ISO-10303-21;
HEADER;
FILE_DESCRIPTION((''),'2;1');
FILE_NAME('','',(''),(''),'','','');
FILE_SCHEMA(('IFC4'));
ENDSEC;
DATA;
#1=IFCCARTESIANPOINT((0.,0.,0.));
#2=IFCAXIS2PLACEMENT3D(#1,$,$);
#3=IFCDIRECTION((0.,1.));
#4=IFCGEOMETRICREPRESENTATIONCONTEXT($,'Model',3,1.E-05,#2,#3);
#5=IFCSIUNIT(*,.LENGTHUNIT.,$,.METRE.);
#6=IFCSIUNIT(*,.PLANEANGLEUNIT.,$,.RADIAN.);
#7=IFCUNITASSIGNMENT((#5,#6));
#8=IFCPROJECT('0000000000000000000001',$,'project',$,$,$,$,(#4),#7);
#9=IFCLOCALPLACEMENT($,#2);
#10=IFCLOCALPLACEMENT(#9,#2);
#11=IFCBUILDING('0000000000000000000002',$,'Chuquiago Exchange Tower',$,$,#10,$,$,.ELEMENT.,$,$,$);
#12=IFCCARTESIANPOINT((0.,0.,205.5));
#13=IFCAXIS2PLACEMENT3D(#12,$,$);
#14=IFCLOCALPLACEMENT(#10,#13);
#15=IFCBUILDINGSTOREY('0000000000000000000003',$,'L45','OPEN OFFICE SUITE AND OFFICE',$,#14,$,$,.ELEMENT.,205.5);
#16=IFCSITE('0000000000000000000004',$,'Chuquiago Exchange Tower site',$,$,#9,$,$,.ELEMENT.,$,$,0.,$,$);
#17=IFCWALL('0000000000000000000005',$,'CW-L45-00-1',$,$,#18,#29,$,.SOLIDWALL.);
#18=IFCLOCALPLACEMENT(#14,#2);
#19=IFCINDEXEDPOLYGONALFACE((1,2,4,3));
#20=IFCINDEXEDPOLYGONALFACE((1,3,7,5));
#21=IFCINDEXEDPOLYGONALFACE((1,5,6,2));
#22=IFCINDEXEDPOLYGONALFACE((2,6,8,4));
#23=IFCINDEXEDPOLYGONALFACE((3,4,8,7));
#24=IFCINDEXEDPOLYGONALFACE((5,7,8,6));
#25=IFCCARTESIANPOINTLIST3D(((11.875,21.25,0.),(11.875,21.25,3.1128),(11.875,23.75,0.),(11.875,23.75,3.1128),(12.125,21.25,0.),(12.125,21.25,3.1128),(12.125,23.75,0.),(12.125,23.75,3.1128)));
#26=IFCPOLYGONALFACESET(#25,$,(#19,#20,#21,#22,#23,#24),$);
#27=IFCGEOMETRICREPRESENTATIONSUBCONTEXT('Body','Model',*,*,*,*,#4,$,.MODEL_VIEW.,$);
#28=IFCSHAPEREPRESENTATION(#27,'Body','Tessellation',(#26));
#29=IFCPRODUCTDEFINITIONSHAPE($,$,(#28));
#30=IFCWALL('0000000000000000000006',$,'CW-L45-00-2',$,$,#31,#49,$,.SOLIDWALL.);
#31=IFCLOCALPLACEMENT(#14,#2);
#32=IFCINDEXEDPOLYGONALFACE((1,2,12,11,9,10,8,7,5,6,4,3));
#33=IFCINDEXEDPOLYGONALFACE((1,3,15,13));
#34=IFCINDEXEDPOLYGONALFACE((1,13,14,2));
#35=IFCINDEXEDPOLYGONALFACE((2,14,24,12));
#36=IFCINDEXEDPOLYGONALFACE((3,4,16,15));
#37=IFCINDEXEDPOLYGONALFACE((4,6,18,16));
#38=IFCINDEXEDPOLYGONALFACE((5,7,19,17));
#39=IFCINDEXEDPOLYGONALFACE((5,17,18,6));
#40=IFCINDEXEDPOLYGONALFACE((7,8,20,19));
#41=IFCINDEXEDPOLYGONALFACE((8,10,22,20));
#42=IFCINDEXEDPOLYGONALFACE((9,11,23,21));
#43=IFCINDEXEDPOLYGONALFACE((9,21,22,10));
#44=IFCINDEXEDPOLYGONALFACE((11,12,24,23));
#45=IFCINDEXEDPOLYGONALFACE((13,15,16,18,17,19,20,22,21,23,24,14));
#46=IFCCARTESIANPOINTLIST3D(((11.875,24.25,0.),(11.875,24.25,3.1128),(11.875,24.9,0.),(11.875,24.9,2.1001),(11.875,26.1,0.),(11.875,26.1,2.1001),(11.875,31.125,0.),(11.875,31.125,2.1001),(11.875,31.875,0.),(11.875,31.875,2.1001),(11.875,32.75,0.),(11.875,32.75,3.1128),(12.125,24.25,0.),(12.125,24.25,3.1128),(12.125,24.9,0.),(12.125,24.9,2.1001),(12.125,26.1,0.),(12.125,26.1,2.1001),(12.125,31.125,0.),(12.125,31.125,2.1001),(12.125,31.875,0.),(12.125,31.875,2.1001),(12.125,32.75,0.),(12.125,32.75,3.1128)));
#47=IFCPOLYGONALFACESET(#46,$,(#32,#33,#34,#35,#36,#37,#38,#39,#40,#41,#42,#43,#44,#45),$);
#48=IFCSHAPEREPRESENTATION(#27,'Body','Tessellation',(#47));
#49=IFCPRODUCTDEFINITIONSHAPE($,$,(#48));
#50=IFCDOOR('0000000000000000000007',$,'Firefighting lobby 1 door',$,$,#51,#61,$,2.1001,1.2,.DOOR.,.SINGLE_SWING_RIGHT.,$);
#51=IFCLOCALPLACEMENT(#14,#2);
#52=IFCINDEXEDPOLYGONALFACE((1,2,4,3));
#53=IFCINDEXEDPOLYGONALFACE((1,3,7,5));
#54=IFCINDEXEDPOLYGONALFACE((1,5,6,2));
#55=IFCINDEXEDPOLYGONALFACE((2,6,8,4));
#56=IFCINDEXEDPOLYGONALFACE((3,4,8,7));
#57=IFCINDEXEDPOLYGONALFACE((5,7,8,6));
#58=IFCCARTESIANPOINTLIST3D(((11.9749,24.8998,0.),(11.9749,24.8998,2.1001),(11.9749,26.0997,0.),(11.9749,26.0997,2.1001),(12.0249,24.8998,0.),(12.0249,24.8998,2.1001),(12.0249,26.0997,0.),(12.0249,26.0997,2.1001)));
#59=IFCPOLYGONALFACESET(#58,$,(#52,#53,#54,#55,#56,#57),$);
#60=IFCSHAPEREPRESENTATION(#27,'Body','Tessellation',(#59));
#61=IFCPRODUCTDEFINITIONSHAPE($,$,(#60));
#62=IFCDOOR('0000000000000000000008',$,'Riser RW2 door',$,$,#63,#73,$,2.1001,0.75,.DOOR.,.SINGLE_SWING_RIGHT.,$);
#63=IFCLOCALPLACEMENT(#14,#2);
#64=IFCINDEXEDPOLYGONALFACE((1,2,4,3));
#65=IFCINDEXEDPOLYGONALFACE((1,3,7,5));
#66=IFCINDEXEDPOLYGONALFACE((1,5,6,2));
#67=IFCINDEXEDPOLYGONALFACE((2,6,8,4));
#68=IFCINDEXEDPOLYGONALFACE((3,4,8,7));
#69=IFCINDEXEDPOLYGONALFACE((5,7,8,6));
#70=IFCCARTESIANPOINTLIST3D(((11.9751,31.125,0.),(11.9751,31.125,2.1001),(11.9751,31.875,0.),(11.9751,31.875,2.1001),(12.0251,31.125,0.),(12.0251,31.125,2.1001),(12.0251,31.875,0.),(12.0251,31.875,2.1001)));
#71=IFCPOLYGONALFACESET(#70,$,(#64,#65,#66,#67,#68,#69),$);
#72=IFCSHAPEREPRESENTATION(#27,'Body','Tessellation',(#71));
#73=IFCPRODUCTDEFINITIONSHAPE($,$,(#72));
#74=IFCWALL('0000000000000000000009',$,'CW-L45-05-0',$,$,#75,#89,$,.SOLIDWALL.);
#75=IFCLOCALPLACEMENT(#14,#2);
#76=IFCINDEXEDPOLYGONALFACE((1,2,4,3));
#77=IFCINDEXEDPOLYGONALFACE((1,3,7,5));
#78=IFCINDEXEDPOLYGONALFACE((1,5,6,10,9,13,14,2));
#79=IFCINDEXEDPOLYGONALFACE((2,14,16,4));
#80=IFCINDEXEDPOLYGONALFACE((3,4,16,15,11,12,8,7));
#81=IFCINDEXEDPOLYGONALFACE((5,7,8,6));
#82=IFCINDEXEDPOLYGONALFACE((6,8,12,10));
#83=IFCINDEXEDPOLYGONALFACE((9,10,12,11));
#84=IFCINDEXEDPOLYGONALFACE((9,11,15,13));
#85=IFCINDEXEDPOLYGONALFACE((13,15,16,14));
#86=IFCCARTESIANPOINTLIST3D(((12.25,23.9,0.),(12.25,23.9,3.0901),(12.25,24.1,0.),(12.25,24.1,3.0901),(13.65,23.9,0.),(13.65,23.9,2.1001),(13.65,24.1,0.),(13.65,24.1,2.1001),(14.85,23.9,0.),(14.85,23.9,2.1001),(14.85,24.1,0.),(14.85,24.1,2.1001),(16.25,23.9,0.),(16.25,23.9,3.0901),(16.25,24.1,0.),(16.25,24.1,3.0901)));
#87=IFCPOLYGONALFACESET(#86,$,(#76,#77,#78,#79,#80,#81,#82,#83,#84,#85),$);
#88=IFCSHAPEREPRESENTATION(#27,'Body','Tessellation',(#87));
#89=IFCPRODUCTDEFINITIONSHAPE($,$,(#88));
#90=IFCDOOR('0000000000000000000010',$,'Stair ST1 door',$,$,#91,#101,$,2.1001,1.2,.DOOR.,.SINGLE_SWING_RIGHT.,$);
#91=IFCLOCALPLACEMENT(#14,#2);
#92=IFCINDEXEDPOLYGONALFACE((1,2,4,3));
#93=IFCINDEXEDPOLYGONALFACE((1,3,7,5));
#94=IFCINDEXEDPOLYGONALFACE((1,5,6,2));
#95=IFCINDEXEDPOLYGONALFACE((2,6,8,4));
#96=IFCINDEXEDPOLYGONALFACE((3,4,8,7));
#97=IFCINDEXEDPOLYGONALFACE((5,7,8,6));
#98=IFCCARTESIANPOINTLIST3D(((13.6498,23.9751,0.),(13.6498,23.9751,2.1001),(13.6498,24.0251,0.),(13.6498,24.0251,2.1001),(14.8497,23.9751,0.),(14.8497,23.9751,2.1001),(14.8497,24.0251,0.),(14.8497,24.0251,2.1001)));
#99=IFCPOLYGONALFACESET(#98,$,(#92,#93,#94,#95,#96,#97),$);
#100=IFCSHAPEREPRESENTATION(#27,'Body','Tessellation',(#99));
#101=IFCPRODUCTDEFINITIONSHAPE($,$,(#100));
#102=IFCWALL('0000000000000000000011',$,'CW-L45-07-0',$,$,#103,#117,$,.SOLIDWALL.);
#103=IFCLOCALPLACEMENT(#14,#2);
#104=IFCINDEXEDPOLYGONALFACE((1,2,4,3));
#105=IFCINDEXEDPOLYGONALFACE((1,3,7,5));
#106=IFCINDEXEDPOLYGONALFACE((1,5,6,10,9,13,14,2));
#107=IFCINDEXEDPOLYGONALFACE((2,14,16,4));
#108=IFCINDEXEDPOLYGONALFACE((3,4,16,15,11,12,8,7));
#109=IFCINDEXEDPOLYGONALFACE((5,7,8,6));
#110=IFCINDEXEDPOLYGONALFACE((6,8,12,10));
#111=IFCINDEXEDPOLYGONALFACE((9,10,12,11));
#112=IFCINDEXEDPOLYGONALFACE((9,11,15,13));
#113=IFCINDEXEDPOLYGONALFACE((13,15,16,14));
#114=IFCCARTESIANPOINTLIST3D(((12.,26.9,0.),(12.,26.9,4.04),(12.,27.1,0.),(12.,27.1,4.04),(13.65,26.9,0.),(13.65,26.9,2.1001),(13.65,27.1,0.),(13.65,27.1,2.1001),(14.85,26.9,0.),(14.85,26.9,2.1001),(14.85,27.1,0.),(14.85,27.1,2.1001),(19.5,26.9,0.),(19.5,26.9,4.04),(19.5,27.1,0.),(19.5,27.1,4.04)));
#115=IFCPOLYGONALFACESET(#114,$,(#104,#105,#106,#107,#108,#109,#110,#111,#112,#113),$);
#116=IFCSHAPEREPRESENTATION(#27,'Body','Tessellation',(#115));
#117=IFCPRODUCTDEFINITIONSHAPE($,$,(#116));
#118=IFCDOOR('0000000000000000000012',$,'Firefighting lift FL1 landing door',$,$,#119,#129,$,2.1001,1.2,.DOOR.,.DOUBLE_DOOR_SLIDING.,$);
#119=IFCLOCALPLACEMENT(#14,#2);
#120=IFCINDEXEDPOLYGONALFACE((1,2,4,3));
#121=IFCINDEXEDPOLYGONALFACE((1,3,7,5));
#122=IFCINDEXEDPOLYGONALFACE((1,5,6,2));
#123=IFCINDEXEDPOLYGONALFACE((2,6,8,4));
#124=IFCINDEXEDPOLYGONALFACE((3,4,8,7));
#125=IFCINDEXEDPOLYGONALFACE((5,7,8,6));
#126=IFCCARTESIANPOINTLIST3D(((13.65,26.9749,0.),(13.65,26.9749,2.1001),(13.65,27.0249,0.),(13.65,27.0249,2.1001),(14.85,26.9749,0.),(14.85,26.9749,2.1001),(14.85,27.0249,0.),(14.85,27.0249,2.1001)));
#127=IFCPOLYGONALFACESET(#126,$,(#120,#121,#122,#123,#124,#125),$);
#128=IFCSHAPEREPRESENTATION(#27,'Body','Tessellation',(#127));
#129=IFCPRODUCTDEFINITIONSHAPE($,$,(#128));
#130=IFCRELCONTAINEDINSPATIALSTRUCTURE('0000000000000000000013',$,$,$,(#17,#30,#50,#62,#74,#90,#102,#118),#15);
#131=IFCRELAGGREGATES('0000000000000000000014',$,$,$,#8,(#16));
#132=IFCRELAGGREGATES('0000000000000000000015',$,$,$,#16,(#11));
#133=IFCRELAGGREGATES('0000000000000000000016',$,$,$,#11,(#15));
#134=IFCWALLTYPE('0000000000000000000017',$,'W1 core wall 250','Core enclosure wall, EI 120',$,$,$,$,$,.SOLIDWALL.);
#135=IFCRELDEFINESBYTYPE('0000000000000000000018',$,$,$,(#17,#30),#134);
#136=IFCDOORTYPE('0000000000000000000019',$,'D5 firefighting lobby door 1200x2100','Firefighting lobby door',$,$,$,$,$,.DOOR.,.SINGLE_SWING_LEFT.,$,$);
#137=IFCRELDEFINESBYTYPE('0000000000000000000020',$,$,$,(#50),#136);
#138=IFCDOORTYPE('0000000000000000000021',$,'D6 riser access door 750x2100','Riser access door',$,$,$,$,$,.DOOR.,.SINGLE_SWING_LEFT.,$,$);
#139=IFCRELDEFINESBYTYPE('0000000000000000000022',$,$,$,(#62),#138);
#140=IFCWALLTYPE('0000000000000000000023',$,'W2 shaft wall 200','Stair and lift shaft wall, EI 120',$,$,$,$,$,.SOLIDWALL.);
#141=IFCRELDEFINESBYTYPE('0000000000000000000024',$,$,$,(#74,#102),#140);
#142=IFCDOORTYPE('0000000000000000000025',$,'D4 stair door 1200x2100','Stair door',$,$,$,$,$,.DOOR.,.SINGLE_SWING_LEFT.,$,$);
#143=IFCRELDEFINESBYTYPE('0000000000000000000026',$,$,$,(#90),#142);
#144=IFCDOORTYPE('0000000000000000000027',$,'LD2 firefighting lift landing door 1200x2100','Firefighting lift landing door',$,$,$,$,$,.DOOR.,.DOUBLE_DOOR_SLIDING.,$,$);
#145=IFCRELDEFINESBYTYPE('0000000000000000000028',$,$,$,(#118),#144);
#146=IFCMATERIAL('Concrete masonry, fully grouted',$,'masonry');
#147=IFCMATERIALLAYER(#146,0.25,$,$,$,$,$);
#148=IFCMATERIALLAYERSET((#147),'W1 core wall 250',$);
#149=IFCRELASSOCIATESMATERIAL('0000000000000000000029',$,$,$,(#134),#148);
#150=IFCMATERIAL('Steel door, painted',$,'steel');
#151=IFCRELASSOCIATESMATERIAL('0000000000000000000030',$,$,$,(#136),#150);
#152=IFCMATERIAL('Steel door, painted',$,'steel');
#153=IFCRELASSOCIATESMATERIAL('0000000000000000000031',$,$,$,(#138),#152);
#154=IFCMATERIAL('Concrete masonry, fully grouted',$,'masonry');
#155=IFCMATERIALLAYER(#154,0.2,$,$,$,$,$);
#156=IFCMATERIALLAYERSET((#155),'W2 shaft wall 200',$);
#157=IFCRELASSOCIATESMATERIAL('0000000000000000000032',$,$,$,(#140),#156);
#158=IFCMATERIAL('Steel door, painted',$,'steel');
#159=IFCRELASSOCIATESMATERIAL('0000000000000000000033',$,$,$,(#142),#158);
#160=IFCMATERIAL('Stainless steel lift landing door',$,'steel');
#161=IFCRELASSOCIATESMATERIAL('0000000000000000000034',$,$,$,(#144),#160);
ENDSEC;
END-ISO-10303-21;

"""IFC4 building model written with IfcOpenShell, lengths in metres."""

from ifc_helpers import new_model, si_unit, direction, frame, frame_2d, origin, place, context, subcontext, project, spatial, rectangle, extrude, material, layer, layer_set, type_object, element, fill, save


model = new_model("IFC4")

# Units and contexts
model_context = context("Model", 3, precision=1e-05, world=origin(), true_north=direction((0.0, 1.0)))
body_context = subcontext(model_context, "Body", "Model", "MODEL_VIEW")
ifc_project = project(units=[si_unit("LENGTHUNIT", "METRE"), si_unit("PLANEANGLEUNIT", "RADIAN")], contexts=[model_context])

# Site, building, storey
site_placement = place(None, origin())
site = spatial("IfcSite", under=ifc_project, at=site_placement, Name="Chuquiago Exchange Tower site", CompositionType="ELEMENT", RefElevation=0.0)
building_placement = place(site_placement, origin())
building = spatial("IfcBuilding", under=site, at=building_placement, Name="Chuquiago Exchange Tower", CompositionType="ELEMENT")
storey_placement = place(building_placement, frame((0.0, 0.0, 205.5)))
storey = spatial("IfcBuildingStorey", under=building, at=storey_placement, Name="L45", Description="OPEN OFFICE SUITE AND OFFICE", CompositionType="ELEMENT", Elevation=205.5)

# Wall
ifc_material_1 = material(Name="Concrete masonry, fully grouted", Category="masonry")
ifc_layer_1 = layer(ifc_material_1, 0.25)
ifc_layer_set_1 = layer_set([ifc_layer_1], Name="W1 core wall 250")
wall_type_1 = type_object("IfcWallType", Name="W1 core wall 250", Description="Core enclosure wall, EI 120", PredefinedType="SOLIDWALL", material=ifc_layer_set_1)
wall_1_placement = place(storey_placement, frame((12.0, 21.25, 0.0), z_axis=(0.0, 0.0, 1.0), x_axis=(0.0, 1.0, 0.0)))
element("IfcWall", 1, at=wall_1_placement, inside=storey, type_object=wall_type_1, Name="CW-L45-00-1", PredefinedType="SOLIDWALL", context=body_context, shape_type="SweptSolid", body=[
    extrude(rectangle(XDim=2.5, YDim=0.25, at=frame_2d((1.25, 0.0))), origin(), (0.0, 0.0, 1.0), 3.1128),
])

# Wall, openings, doors
wall_2_placement = place(storey_placement, frame((12.0, 24.25, 0.0), z_axis=(0.0, 0.0, 1.0), x_axis=(0.0, 1.0, 0.0)))
wall_2 = element("IfcWall", 2, at=wall_2_placement, inside=storey, type_object=wall_type_1, Name="CW-L45-00-2", PredefinedType="SOLIDWALL", context=body_context, shape_type="SweptSolid", body=[
    extrude(rectangle(XDim=8.5, YDim=0.25, at=frame_2d((4.25, 0.0))), origin(), (0.0, 0.0, 1.0), 3.1128),
])
opening_1_placement = place(wall_2_placement, frame((0.6499, 0.0, 0.0)))
opening_1 = element("IfcOpeningElement", 3, at=opening_1_placement, cuts=wall_2, PredefinedType="OPENING", context=body_context, shape_type="SweptSolid", body=[
    extrude(rectangle(XDim=1.2, YDim=2.1001, at=frame_2d((0.6001, 1.05))), frame((0.0, 0.135, 0.0), z_axis=(0.0, -1.0, 0.0), x_axis=(1.0, 0.0, 0.0)), (0.0, 0.0, 1.0), 0.27),
])
opening_2_placement = place(wall_2_placement, frame((6.875, 0.0, 0.0)))
opening_2 = element("IfcOpeningElement", 4, at=opening_2_placement, cuts=wall_2, PredefinedType="OPENING", context=body_context, shape_type="SweptSolid", body=[
    extrude(rectangle(XDim=0.75, YDim=2.1001, at=frame_2d((0.375, 1.05))), frame((0.0, 0.135, 0.0), z_axis=(0.0, -1.0, 0.0), x_axis=(1.0, 0.0, 0.0)), (0.0, 0.0, 1.0), 0.27),
])
ifc_material_2 = material(Name="Steel door, painted", Category="steel")
door_type_1 = type_object("IfcDoorType", Name="D5 firefighting lobby door 1200x2100", Description="Firefighting lobby door", OperationType="SINGLE_SWING_LEFT", PredefinedType="DOOR", material=ifc_material_2)
door_1_placement = place(opening_1_placement, frame((1.2, 0.0, 0.0), z_axis=(0.0, 0.0, 1.0), x_axis=(-1.0, 0.0, 0.0)))
door_1 = element("IfcDoor", 5, at=door_1_placement, inside=storey, type_object=door_type_1, Name="Firefighting lobby 1 door", OperationType="SINGLE_SWING_RIGHT", OverallHeight=2.1001, OverallWidth=1.2, PredefinedType="DOOR", context=body_context, shape_type="SweptSolid", body=[
    extrude(rectangle(XDim=1.2, YDim=2.1001, at=frame_2d((0.6001, 1.05))), frame((0.0, 0.0249, 0.0), z_axis=(0.0, -1.0, 0.0), x_axis=(1.0, 0.0, 0.0)), (0.0, 0.0, 1.0), 0.05),
])
fill(opening_1, door_1)
ifc_material_3 = material(Name="Steel door, painted", Category="steel")
door_type_2 = type_object("IfcDoorType", Name="D6 riser access door 750x2100", Description="Riser access door", OperationType="SINGLE_SWING_LEFT", PredefinedType="DOOR", material=ifc_material_3)
door_2_placement = place(opening_2_placement, origin())
door_2 = element("IfcDoor", 6, at=door_2_placement, inside=storey, type_object=door_type_2, Name="Riser RW2 door", OperationType="SINGLE_SWING_RIGHT", OverallHeight=2.1001, OverallWidth=0.75, PredefinedType="DOOR", context=body_context, shape_type="SweptSolid", body=[
    extrude(rectangle(XDim=0.75, YDim=2.1001, at=frame_2d((0.375, 1.05))), frame((0.0, 0.0249, 0.0), z_axis=(0.0, -1.0, 0.0), x_axis=(1.0, 0.0, 0.0)), (0.0, 0.0, 1.0), 0.05),
])
fill(opening_2, door_2)

# Walls, openings, doors
ifc_material_4 = material(Name="Concrete masonry, fully grouted", Category="masonry")
ifc_layer_2 = layer(ifc_material_4, 0.2)
ifc_layer_set_2 = layer_set([ifc_layer_2], Name="W2 shaft wall 200")
wall_type_2 = type_object("IfcWallType", Name="W2 shaft wall 200", Description="Stair and lift shaft wall, EI 120", PredefinedType="SOLIDWALL", material=ifc_layer_set_2)
wall_3_placement = place(storey_placement, frame((12.25, 24.0, 0.0), z_axis=(0.0, 0.0, 1.0), x_axis=(1.0, 0.0, 0.0)))
wall_3 = element("IfcWall", 7, at=wall_3_placement, inside=storey, type_object=wall_type_2, Name="CW-L45-05-0", PredefinedType="SOLIDWALL", context=body_context, shape_type="SweptSolid", body=[
    extrude(rectangle(XDim=4.0, YDim=0.2, at=frame_2d((2.0, 0.0))), origin(), (0.0, 0.0, 1.0), 3.0901),
])
opening_3_placement = place(wall_3_placement, frame((1.3999, 0.0, 0.0)))
opening_3 = element("IfcOpeningElement", 8, at=opening_3_placement, cuts=wall_3, PredefinedType="OPENING", context=body_context, shape_type="SweptSolid", body=[
    extrude(rectangle(XDim=1.2, YDim=2.1001, at=frame_2d((0.6001, 1.05))), frame((0.0, 0.1099, 0.0), z_axis=(0.0, -1.0, 0.0), x_axis=(1.0, 0.0, 0.0)), (0.0, 0.0, 1.0), 0.22),
])
ifc_material_5 = material(Name="Steel door, painted", Category="steel")
door_type_3 = type_object("IfcDoorType", Name="D4 stair door 1200x2100", Description="Stair door", OperationType="SINGLE_SWING_LEFT", PredefinedType="DOOR", material=ifc_material_5)
door_3_placement = place(opening_3_placement, frame((1.2, 0.0, 0.0), z_axis=(0.0, 0.0, 1.0), x_axis=(-1.0, 0.0, 0.0)))
door_3 = element("IfcDoor", 9, at=door_3_placement, inside=storey, type_object=door_type_3, Name="Stair ST1 door", OperationType="SINGLE_SWING_RIGHT", OverallHeight=2.1001, OverallWidth=1.2, PredefinedType="DOOR", context=body_context, shape_type="SweptSolid", body=[
    extrude(rectangle(XDim=1.2, YDim=2.1001, at=frame_2d((0.6001, 1.05))), frame((0.0, 0.0249, 0.0), z_axis=(0.0, -1.0, 0.0), x_axis=(1.0, 0.0, 0.0)), (0.0, 0.0, 1.0), 0.05),
])
fill(opening_3, door_3)
wall_4_placement = place(storey_placement, frame((12.0, 27.0, 0.0), z_axis=(0.0, 0.0, 1.0), x_axis=(1.0, 0.0, 0.0)))
wall_4 = element("IfcWall", 10, at=wall_4_placement, inside=storey, type_object=wall_type_2, Name="CW-L45-07-0", PredefinedType="SOLIDWALL", context=body_context, shape_type="SweptSolid", body=[
    extrude(rectangle(XDim=7.5, YDim=0.2, at=frame_2d((3.75, 0.0))), origin(), (0.0, 0.0, 1.0), 4.04),
])
opening_4_placement = place(wall_4_placement, frame((1.6499, 0.0, 0.0)))
opening_4 = element("IfcOpeningElement", 11, at=opening_4_placement, cuts=wall_4, PredefinedType="OPENING", context=body_context, shape_type="SweptSolid", body=[
    extrude(rectangle(XDim=1.2, YDim=2.1001, at=frame_2d((0.6001, 1.05))), frame((0.0, 0.1099, 0.0), z_axis=(0.0, -1.0, 0.0), x_axis=(1.0, 0.0, 0.0)), (0.0, 0.0, 1.0), 0.22),
])
ifc_material_6 = material(Name="Stainless steel lift landing door", Category="steel")
door_type_4 = type_object("IfcDoorType", Name="LD2 firefighting lift landing door 1200x2100", Description="Firefighting lift landing door", OperationType="DOUBLE_DOOR_SLIDING", PredefinedType="DOOR", material=ifc_material_6)
door_4_placement = place(opening_4_placement, origin())
door_4 = element("IfcDoor", 12, at=door_4_placement, inside=storey, type_object=door_type_4, Name="Firefighting lift FL1 landing door", OperationType="DOUBLE_DOOR_SLIDING", OverallHeight=2.1001, OverallWidth=1.2, PredefinedType="DOOR", context=body_context, shape_type="SweptSolid", body=[
    extrude(rectangle(XDim=1.2, YDim=2.1001, at=frame_2d((0.6001, 1.05))), frame((0.0, 0.0249, 0.0), z_axis=(0.0, -1.0, 0.0), x_axis=(1.0, 0.0, 0.0)), (0.0, 0.0, 1.0), 0.05),
])
fill(opening_4, door_4)

save(model, "model.ifc")
